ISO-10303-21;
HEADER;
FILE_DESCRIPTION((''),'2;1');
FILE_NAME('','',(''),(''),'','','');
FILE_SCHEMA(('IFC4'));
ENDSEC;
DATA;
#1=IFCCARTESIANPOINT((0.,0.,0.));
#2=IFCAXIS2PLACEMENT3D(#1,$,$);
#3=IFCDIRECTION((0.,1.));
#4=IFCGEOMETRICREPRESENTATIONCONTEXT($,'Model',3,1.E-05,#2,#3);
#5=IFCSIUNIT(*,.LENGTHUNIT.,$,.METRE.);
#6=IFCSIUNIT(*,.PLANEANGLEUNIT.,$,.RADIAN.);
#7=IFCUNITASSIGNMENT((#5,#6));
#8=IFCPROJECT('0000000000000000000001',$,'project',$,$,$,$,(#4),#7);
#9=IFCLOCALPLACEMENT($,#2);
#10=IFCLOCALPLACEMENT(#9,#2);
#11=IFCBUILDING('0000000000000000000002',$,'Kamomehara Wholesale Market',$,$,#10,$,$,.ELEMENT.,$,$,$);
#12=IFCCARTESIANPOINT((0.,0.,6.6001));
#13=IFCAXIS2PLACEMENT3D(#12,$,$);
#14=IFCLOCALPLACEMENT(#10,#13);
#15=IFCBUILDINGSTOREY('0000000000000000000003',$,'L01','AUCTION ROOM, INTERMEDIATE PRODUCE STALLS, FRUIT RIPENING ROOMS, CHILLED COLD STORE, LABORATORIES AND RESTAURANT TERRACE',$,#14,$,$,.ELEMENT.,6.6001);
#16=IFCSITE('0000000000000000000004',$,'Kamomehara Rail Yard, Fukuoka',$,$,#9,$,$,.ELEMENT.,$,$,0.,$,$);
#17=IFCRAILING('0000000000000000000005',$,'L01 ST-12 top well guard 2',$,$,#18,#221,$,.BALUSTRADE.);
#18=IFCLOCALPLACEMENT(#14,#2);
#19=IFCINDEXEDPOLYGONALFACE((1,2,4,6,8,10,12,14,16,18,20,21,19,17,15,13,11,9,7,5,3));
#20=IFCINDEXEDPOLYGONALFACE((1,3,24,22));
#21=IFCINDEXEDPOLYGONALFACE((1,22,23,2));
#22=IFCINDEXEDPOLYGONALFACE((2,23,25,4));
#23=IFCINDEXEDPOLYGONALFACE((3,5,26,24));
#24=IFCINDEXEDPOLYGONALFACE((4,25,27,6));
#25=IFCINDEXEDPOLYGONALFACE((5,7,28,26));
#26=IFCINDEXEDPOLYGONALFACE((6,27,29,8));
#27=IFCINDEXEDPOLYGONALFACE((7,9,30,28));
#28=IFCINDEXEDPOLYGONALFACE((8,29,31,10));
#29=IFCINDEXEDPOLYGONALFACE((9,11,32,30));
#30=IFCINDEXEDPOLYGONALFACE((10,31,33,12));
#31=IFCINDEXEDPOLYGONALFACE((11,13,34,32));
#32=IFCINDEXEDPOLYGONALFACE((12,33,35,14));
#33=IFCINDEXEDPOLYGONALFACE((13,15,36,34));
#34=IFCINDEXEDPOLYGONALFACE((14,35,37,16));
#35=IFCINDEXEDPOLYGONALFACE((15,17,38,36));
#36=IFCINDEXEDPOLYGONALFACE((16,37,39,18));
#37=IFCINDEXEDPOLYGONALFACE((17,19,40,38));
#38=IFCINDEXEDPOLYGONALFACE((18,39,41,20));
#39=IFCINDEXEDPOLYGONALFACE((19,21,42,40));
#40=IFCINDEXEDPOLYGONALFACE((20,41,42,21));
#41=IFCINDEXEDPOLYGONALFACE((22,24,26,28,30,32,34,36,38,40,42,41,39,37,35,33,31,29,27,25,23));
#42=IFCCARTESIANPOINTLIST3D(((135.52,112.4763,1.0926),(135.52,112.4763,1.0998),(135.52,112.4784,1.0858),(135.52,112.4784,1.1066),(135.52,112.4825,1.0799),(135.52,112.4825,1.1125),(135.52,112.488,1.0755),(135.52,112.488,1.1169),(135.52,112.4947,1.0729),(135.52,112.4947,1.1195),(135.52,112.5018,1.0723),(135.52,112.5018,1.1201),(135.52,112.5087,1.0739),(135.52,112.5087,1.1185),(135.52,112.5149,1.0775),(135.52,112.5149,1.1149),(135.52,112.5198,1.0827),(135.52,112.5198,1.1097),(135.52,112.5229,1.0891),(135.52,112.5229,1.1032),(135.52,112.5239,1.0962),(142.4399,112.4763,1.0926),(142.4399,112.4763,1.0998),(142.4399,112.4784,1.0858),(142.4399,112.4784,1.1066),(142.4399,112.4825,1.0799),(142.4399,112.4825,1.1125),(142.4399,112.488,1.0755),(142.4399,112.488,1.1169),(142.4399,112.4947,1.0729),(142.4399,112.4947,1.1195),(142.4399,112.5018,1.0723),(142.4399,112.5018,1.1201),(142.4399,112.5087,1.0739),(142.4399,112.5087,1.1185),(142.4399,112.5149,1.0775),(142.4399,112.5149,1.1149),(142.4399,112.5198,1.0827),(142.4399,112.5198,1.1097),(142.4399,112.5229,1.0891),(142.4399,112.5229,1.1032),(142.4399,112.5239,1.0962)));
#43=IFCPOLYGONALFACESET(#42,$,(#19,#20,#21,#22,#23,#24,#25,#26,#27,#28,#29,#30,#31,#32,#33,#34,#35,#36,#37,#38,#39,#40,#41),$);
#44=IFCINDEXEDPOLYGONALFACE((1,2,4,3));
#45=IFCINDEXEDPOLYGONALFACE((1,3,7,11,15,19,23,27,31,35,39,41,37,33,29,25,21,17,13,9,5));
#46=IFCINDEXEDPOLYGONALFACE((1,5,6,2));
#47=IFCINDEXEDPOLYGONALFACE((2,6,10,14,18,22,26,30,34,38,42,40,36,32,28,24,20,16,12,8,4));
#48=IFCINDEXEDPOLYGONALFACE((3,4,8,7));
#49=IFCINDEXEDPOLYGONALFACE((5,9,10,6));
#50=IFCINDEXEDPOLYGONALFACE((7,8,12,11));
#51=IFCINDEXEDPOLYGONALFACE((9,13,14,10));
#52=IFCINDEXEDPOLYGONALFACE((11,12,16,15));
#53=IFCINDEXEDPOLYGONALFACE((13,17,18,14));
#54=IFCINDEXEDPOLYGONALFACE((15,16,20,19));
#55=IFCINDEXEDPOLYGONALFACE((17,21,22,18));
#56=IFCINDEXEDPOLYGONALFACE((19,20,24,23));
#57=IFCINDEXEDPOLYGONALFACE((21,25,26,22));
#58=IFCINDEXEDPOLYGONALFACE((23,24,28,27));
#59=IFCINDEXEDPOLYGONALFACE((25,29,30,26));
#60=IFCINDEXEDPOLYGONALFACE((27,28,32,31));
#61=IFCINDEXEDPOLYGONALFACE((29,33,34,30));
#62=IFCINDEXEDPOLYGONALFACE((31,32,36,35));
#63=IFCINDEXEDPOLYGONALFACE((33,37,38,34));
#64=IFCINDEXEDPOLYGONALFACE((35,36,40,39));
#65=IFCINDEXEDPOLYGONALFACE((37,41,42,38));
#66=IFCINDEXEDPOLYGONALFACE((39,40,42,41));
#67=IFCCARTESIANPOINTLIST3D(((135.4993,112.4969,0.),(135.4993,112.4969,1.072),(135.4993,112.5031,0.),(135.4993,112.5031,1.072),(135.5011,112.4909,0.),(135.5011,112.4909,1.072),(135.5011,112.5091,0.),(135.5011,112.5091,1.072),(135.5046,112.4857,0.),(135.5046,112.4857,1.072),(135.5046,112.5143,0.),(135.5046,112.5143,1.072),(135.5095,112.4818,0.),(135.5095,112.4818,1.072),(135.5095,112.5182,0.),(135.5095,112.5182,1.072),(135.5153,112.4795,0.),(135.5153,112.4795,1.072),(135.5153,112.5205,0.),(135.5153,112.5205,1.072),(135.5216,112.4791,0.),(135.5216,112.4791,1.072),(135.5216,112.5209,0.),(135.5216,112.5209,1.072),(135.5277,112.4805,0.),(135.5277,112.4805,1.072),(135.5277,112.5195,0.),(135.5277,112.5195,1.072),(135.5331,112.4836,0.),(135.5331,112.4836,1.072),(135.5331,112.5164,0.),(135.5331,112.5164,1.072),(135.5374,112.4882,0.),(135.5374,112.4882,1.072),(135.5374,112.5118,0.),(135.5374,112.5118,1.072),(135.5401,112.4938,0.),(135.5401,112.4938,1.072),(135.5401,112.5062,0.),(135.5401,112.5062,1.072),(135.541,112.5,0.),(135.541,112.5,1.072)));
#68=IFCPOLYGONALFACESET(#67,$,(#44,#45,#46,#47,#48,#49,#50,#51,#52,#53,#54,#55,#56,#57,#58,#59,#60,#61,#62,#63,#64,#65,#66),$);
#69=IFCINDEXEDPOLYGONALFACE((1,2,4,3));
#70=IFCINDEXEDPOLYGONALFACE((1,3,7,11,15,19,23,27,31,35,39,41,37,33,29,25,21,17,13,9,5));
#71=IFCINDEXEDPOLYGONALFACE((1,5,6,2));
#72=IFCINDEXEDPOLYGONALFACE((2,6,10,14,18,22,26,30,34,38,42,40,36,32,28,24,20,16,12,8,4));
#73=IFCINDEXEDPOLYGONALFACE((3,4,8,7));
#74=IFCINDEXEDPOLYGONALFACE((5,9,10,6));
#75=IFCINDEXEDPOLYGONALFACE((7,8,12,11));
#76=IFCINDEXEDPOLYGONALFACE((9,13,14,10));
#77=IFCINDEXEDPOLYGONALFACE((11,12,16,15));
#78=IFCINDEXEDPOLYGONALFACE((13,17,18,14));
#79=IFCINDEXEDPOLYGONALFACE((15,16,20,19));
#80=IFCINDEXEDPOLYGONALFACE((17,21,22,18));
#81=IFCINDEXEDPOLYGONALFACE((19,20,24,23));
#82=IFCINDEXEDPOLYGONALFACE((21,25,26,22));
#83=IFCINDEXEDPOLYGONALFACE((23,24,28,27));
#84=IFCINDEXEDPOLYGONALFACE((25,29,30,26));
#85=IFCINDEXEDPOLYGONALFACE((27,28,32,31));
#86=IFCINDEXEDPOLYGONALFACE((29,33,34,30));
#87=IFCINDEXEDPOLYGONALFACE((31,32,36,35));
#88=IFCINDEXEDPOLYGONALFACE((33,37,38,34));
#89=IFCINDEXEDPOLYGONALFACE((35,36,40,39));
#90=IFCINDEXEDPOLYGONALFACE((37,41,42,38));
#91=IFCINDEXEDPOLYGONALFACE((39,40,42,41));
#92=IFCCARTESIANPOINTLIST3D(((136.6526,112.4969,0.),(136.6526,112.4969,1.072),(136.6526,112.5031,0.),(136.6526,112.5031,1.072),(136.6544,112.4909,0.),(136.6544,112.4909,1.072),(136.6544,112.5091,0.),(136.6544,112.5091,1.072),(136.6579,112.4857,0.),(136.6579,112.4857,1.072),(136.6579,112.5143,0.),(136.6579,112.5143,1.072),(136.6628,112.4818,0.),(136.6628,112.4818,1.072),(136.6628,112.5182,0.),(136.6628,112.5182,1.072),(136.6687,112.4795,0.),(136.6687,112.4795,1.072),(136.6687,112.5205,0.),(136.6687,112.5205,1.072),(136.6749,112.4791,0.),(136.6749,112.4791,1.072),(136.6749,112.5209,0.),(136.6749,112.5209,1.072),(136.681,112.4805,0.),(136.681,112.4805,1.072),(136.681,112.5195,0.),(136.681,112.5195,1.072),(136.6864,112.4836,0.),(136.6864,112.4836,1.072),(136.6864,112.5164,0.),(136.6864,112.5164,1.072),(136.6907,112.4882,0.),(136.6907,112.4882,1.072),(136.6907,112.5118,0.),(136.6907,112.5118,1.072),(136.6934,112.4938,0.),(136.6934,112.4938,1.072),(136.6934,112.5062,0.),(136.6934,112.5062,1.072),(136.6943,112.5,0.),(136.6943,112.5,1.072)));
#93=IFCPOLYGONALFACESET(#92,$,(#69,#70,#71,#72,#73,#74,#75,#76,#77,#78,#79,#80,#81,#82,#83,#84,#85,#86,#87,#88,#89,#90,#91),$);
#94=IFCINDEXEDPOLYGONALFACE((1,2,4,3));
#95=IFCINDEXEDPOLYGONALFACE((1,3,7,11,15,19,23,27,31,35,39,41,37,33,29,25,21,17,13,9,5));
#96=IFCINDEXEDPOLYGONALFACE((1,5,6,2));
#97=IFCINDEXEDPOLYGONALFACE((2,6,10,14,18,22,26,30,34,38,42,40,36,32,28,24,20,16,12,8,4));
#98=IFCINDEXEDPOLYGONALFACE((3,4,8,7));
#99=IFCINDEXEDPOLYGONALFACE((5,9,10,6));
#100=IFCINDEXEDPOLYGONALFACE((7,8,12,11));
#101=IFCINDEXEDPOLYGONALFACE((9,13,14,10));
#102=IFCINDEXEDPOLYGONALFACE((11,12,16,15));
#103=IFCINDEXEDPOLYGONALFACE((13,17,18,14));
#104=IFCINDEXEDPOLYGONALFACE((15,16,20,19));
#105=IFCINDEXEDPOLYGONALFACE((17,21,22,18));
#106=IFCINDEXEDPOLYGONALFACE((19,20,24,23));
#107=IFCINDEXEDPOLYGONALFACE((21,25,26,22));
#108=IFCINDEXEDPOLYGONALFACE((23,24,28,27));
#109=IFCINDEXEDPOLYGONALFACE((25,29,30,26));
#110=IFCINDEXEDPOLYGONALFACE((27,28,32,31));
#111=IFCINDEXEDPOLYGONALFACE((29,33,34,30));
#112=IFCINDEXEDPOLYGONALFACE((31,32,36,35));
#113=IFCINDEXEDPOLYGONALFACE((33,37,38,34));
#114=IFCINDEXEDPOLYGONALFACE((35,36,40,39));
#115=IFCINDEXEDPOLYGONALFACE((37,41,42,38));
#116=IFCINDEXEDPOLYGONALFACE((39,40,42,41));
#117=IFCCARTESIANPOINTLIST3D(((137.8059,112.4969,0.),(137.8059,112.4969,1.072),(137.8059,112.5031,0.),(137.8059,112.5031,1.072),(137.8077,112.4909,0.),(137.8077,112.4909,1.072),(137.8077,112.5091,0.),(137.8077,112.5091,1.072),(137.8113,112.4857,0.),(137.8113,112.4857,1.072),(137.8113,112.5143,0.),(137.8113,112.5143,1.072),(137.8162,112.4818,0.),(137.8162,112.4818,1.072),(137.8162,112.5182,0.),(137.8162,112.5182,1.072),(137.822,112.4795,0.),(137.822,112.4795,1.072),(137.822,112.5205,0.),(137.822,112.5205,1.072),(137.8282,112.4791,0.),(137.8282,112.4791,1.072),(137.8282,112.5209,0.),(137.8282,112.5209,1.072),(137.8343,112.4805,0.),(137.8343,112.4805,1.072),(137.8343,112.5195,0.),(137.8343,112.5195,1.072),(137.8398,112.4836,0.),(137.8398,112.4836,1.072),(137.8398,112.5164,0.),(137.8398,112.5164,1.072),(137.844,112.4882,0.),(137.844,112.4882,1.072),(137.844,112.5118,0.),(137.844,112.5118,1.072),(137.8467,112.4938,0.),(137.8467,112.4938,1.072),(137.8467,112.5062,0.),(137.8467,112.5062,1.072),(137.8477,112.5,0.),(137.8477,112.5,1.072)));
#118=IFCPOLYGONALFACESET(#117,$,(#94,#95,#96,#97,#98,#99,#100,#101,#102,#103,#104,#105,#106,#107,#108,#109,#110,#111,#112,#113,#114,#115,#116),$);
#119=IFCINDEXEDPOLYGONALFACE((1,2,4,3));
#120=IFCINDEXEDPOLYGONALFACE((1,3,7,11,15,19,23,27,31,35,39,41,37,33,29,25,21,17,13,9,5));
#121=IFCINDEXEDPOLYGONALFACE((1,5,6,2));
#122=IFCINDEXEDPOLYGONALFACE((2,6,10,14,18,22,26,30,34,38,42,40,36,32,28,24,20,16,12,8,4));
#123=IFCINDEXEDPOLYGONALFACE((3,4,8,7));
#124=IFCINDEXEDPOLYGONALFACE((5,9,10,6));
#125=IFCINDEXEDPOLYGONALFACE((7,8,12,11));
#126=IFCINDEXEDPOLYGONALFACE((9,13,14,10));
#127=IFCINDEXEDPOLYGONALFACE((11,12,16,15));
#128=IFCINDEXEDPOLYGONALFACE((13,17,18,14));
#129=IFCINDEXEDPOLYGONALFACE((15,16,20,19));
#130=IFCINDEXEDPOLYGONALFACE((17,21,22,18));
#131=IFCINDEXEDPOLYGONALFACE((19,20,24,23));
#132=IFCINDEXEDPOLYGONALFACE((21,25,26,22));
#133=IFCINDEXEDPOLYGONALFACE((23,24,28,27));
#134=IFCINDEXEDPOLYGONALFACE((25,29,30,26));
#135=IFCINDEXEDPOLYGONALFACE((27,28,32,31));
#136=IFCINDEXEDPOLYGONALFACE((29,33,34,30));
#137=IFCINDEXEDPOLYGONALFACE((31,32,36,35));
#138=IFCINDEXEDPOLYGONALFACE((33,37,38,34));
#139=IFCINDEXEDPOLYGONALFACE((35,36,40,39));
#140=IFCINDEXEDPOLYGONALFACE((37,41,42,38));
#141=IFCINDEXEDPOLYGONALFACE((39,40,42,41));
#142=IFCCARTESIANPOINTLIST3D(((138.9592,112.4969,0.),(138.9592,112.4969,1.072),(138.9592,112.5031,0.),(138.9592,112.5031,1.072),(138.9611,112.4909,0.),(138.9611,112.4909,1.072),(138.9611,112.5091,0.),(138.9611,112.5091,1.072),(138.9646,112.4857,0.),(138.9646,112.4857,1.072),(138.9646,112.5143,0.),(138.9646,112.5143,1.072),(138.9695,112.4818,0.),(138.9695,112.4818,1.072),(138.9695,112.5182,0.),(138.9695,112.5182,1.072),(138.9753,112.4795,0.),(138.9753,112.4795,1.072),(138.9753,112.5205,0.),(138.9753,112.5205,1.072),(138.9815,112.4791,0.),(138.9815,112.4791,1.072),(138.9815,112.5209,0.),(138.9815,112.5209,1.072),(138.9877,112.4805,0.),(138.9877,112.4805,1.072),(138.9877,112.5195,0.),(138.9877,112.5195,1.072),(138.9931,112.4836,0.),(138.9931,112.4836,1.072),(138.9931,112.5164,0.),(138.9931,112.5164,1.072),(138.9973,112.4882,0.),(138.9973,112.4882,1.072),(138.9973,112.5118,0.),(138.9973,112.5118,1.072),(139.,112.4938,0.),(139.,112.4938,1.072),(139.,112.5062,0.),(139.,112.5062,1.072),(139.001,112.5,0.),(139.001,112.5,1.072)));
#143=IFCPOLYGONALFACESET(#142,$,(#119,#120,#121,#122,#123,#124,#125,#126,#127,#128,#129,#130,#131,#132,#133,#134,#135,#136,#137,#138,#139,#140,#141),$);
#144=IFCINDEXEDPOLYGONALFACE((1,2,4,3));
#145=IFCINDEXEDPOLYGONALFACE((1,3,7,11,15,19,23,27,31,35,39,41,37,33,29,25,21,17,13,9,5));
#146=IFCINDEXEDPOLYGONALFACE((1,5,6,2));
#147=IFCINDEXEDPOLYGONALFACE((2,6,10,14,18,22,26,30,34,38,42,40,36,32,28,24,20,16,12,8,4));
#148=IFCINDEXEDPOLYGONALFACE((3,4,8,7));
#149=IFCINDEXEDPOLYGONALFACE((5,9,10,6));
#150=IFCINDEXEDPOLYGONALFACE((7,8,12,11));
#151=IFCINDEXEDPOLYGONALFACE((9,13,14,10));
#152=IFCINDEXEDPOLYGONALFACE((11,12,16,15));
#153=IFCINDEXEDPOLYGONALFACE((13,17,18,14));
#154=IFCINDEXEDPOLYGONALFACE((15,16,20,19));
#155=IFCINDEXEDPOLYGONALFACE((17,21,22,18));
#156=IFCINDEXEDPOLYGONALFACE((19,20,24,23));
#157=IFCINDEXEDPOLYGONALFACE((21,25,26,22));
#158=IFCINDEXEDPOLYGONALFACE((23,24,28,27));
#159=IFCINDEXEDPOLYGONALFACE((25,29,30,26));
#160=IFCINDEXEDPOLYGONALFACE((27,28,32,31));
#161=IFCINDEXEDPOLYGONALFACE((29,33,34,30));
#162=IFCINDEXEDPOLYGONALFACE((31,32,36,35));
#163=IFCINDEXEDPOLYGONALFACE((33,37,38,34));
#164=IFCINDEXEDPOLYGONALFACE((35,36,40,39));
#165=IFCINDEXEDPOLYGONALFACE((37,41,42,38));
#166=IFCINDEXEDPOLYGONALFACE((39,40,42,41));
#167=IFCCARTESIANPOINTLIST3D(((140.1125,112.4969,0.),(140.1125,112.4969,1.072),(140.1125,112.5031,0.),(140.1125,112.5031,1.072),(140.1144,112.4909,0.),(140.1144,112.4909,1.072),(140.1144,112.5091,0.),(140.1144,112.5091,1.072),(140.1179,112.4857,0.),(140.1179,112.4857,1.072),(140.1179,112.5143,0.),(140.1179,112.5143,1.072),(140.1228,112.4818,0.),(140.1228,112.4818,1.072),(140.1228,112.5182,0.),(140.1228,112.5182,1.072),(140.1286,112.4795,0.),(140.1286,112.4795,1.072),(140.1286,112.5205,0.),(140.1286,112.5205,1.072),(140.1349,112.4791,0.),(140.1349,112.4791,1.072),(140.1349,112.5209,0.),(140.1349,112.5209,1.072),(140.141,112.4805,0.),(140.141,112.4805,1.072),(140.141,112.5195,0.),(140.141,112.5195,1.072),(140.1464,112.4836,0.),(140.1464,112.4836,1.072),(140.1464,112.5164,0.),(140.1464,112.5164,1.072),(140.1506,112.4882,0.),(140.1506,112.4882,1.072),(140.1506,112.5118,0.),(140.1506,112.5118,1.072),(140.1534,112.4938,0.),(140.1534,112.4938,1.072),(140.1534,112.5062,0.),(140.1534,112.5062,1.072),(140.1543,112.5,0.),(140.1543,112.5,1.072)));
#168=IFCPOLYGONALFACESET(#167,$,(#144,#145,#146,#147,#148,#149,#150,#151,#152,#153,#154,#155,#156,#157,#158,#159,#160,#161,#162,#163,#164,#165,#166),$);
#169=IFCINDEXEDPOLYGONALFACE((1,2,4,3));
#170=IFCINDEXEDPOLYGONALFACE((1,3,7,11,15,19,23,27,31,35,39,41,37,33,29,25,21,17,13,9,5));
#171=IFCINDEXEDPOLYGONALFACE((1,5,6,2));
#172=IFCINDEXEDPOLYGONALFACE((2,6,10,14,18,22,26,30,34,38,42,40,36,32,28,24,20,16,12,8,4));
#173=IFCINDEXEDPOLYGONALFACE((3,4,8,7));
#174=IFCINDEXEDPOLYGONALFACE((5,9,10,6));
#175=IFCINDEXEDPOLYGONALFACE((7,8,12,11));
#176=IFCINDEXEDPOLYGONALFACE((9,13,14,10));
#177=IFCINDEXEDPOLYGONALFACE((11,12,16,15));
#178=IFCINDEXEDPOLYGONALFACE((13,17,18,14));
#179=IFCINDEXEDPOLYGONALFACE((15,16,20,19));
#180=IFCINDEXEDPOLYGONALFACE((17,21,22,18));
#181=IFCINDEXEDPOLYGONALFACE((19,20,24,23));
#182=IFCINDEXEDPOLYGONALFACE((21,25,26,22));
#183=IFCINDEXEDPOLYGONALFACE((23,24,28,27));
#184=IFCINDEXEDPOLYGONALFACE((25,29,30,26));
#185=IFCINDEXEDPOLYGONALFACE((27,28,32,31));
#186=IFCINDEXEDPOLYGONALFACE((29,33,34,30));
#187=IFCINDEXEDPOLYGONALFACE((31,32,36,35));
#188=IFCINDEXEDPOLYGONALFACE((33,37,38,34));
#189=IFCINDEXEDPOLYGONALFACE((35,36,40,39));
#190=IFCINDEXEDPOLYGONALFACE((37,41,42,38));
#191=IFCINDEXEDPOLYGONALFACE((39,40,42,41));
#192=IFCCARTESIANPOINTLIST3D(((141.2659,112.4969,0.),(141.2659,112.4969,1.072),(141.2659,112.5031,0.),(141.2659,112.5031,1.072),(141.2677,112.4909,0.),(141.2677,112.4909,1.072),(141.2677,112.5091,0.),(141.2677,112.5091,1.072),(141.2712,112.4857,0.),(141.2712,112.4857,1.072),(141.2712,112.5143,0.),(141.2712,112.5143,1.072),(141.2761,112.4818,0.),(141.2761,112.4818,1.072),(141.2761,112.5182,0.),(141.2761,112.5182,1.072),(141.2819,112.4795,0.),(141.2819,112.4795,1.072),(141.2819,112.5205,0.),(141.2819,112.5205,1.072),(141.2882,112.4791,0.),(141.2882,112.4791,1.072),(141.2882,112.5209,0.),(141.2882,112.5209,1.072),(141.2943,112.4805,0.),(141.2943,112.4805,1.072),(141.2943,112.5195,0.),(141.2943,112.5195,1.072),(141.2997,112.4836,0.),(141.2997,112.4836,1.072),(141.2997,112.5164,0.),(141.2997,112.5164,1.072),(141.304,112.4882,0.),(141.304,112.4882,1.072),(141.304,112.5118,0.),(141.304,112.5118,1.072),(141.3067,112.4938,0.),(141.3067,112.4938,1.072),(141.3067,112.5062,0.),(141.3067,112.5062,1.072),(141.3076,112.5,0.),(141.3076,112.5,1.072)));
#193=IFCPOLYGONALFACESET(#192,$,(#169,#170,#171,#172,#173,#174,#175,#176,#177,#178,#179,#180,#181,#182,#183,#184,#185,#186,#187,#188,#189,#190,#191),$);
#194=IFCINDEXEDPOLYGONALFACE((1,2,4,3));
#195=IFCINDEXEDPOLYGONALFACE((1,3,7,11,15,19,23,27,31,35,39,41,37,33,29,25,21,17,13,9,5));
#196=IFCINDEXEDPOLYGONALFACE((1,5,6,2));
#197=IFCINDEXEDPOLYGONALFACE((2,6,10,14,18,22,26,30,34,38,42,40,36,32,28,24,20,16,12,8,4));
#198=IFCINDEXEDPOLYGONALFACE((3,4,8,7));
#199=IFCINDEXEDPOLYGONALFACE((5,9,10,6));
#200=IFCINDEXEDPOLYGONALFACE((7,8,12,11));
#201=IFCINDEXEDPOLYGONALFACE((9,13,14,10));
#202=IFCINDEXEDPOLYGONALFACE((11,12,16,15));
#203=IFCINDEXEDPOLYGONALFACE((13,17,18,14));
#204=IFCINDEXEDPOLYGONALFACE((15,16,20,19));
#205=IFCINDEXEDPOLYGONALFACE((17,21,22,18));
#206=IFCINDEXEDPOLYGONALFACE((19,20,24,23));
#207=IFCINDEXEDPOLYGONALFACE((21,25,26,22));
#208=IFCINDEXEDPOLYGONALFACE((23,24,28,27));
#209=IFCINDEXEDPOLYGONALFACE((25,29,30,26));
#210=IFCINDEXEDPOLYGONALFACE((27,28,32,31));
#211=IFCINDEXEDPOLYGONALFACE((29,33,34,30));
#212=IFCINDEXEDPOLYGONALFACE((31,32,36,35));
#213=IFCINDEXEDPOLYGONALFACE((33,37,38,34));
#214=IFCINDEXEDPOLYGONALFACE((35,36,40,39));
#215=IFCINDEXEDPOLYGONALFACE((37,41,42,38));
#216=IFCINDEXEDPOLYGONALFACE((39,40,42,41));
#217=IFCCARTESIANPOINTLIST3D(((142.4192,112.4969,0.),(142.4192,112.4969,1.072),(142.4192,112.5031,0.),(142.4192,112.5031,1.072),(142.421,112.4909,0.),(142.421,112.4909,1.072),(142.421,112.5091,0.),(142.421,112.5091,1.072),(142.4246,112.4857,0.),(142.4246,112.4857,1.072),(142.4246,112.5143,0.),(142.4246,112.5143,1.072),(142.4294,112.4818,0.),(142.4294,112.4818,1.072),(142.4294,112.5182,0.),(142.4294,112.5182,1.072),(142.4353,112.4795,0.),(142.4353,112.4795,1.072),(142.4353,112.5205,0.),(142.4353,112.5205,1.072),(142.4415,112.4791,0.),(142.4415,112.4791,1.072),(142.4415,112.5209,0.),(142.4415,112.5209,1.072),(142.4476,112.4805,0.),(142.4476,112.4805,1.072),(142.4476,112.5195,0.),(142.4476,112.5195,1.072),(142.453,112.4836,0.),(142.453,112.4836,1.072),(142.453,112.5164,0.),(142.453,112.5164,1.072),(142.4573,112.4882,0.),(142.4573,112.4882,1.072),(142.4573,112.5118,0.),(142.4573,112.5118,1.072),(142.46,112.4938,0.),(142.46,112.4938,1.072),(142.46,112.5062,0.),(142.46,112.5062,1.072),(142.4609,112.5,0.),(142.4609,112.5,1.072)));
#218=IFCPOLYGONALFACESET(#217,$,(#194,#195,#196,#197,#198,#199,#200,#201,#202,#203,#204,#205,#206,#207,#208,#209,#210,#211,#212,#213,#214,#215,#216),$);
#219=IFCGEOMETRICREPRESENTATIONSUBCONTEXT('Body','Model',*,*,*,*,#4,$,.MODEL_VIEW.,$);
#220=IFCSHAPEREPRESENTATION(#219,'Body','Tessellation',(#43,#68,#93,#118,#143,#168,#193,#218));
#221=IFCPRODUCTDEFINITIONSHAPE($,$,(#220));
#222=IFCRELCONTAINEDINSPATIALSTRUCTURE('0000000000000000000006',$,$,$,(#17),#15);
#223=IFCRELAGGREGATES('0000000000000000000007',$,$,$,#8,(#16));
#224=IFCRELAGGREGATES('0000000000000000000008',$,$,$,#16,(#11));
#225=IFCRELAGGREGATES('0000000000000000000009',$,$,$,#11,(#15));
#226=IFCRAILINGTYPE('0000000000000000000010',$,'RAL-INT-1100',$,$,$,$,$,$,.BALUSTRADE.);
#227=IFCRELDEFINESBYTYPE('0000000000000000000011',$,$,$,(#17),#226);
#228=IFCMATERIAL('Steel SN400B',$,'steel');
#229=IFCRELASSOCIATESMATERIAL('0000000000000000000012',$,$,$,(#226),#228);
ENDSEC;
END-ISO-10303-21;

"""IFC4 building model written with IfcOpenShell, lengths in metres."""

from ifc_helpers import new_model, si_unit, direction, frame, origin, origin_2d, place, context, subcontext, project, spatial, circle, extrude, material, type_object, element, save


model = new_model("IFC4")

# Units and contexts
model_context = context("Model", 3, precision=1e-05, world=origin(), true_north=direction((0.0, 1.0)))
body_context = subcontext(model_context, "Body", "Model", "MODEL_VIEW")
ifc_project = project(units=[si_unit("LENGTHUNIT", "METRE"), si_unit("PLANEANGLEUNIT", "RADIAN")], contexts=[model_context])

# Site, building, storey
site_placement = place(None, origin())
site = spatial("IfcSite", under=ifc_project, at=site_placement, Name="Kamomehara Rail Yard, Fukuoka", CompositionType="ELEMENT", RefElevation=0.0)
building_placement = place(site_placement, origin())
building = spatial("IfcBuilding", under=site, at=building_placement, Name="Kamomehara Wholesale Market", CompositionType="ELEMENT")
storey_placement = place(building_placement, frame((0.0, 0.0, 6.6001)))
storey = spatial("IfcBuildingStorey", under=building, at=storey_placement, Name="L01", Description="AUCTION ROOM, INTERMEDIATE PRODUCE STALLS, FRUIT RIPENING ROOMS, CHILLED COLD STORE, LABORATORIES AND RESTAURANT TERRACE", CompositionType="ELEMENT", Elevation=6.6001)

# Railing
ifc_material_1 = material(Name="Steel SN400B", Category="steel")
railing_type = type_object("IfcRailingType", Name="RAL-INT-1100", PredefinedType="BALUSTRADE", material=ifc_material_1)
railing_1_placement = place(storey_placement, frame((135.52, 112.5, 0.0)))
element("IfcRailing", 1, at=railing_1_placement, inside=storey, type_object=railing_type, Name="L01 ST-12 top well guard 2", PredefinedType="BALUSTRADE", context=body_context, shape_type="SweptSolid", body=[
    extrude(circle(Radius=0.0239, at=origin_2d()), frame((0.0, 0.0, 1.0962), z_axis=(1.0, 0.0, 0.0), x_axis=(0.0, 1.0, 0.0)), (0.0, 0.0, 1.0), 6.9199),
    extrude(circle(Radius=0.021, at=origin_2d()), origin(), (0.0, 0.0, 1.0), 1.072),
    extrude(circle(Radius=0.021, at=origin_2d()), frame((1.1533, 0.0, 0.0)), (0.0, 0.0, 1.0), 1.072),
    extrude(circle(Radius=0.021, at=origin_2d()), frame((2.3066, 0.0, 0.0)), (0.0, 0.0, 1.0), 1.072),
    extrude(circle(Radius=0.021, at=origin_2d()), frame((3.46, 0.0, 0.0)), (0.0, 0.0, 1.0), 1.072),
    extrude(circle(Radius=0.021, at=origin_2d()), frame((4.6133, 0.0, 0.0)), (0.0, 0.0, 1.0), 1.072),
    extrude(circle(Radius=0.021, at=origin_2d()), frame((5.7666, 0.0, 0.0)), (0.0, 0.0, 1.0), 1.072),
    extrude(circle(Radius=0.021, at=origin_2d()), frame((6.9199, 0.0, 0.0)), (0.0, 0.0, 1.0), 1.072),
])

save(model, "model.ifc")
